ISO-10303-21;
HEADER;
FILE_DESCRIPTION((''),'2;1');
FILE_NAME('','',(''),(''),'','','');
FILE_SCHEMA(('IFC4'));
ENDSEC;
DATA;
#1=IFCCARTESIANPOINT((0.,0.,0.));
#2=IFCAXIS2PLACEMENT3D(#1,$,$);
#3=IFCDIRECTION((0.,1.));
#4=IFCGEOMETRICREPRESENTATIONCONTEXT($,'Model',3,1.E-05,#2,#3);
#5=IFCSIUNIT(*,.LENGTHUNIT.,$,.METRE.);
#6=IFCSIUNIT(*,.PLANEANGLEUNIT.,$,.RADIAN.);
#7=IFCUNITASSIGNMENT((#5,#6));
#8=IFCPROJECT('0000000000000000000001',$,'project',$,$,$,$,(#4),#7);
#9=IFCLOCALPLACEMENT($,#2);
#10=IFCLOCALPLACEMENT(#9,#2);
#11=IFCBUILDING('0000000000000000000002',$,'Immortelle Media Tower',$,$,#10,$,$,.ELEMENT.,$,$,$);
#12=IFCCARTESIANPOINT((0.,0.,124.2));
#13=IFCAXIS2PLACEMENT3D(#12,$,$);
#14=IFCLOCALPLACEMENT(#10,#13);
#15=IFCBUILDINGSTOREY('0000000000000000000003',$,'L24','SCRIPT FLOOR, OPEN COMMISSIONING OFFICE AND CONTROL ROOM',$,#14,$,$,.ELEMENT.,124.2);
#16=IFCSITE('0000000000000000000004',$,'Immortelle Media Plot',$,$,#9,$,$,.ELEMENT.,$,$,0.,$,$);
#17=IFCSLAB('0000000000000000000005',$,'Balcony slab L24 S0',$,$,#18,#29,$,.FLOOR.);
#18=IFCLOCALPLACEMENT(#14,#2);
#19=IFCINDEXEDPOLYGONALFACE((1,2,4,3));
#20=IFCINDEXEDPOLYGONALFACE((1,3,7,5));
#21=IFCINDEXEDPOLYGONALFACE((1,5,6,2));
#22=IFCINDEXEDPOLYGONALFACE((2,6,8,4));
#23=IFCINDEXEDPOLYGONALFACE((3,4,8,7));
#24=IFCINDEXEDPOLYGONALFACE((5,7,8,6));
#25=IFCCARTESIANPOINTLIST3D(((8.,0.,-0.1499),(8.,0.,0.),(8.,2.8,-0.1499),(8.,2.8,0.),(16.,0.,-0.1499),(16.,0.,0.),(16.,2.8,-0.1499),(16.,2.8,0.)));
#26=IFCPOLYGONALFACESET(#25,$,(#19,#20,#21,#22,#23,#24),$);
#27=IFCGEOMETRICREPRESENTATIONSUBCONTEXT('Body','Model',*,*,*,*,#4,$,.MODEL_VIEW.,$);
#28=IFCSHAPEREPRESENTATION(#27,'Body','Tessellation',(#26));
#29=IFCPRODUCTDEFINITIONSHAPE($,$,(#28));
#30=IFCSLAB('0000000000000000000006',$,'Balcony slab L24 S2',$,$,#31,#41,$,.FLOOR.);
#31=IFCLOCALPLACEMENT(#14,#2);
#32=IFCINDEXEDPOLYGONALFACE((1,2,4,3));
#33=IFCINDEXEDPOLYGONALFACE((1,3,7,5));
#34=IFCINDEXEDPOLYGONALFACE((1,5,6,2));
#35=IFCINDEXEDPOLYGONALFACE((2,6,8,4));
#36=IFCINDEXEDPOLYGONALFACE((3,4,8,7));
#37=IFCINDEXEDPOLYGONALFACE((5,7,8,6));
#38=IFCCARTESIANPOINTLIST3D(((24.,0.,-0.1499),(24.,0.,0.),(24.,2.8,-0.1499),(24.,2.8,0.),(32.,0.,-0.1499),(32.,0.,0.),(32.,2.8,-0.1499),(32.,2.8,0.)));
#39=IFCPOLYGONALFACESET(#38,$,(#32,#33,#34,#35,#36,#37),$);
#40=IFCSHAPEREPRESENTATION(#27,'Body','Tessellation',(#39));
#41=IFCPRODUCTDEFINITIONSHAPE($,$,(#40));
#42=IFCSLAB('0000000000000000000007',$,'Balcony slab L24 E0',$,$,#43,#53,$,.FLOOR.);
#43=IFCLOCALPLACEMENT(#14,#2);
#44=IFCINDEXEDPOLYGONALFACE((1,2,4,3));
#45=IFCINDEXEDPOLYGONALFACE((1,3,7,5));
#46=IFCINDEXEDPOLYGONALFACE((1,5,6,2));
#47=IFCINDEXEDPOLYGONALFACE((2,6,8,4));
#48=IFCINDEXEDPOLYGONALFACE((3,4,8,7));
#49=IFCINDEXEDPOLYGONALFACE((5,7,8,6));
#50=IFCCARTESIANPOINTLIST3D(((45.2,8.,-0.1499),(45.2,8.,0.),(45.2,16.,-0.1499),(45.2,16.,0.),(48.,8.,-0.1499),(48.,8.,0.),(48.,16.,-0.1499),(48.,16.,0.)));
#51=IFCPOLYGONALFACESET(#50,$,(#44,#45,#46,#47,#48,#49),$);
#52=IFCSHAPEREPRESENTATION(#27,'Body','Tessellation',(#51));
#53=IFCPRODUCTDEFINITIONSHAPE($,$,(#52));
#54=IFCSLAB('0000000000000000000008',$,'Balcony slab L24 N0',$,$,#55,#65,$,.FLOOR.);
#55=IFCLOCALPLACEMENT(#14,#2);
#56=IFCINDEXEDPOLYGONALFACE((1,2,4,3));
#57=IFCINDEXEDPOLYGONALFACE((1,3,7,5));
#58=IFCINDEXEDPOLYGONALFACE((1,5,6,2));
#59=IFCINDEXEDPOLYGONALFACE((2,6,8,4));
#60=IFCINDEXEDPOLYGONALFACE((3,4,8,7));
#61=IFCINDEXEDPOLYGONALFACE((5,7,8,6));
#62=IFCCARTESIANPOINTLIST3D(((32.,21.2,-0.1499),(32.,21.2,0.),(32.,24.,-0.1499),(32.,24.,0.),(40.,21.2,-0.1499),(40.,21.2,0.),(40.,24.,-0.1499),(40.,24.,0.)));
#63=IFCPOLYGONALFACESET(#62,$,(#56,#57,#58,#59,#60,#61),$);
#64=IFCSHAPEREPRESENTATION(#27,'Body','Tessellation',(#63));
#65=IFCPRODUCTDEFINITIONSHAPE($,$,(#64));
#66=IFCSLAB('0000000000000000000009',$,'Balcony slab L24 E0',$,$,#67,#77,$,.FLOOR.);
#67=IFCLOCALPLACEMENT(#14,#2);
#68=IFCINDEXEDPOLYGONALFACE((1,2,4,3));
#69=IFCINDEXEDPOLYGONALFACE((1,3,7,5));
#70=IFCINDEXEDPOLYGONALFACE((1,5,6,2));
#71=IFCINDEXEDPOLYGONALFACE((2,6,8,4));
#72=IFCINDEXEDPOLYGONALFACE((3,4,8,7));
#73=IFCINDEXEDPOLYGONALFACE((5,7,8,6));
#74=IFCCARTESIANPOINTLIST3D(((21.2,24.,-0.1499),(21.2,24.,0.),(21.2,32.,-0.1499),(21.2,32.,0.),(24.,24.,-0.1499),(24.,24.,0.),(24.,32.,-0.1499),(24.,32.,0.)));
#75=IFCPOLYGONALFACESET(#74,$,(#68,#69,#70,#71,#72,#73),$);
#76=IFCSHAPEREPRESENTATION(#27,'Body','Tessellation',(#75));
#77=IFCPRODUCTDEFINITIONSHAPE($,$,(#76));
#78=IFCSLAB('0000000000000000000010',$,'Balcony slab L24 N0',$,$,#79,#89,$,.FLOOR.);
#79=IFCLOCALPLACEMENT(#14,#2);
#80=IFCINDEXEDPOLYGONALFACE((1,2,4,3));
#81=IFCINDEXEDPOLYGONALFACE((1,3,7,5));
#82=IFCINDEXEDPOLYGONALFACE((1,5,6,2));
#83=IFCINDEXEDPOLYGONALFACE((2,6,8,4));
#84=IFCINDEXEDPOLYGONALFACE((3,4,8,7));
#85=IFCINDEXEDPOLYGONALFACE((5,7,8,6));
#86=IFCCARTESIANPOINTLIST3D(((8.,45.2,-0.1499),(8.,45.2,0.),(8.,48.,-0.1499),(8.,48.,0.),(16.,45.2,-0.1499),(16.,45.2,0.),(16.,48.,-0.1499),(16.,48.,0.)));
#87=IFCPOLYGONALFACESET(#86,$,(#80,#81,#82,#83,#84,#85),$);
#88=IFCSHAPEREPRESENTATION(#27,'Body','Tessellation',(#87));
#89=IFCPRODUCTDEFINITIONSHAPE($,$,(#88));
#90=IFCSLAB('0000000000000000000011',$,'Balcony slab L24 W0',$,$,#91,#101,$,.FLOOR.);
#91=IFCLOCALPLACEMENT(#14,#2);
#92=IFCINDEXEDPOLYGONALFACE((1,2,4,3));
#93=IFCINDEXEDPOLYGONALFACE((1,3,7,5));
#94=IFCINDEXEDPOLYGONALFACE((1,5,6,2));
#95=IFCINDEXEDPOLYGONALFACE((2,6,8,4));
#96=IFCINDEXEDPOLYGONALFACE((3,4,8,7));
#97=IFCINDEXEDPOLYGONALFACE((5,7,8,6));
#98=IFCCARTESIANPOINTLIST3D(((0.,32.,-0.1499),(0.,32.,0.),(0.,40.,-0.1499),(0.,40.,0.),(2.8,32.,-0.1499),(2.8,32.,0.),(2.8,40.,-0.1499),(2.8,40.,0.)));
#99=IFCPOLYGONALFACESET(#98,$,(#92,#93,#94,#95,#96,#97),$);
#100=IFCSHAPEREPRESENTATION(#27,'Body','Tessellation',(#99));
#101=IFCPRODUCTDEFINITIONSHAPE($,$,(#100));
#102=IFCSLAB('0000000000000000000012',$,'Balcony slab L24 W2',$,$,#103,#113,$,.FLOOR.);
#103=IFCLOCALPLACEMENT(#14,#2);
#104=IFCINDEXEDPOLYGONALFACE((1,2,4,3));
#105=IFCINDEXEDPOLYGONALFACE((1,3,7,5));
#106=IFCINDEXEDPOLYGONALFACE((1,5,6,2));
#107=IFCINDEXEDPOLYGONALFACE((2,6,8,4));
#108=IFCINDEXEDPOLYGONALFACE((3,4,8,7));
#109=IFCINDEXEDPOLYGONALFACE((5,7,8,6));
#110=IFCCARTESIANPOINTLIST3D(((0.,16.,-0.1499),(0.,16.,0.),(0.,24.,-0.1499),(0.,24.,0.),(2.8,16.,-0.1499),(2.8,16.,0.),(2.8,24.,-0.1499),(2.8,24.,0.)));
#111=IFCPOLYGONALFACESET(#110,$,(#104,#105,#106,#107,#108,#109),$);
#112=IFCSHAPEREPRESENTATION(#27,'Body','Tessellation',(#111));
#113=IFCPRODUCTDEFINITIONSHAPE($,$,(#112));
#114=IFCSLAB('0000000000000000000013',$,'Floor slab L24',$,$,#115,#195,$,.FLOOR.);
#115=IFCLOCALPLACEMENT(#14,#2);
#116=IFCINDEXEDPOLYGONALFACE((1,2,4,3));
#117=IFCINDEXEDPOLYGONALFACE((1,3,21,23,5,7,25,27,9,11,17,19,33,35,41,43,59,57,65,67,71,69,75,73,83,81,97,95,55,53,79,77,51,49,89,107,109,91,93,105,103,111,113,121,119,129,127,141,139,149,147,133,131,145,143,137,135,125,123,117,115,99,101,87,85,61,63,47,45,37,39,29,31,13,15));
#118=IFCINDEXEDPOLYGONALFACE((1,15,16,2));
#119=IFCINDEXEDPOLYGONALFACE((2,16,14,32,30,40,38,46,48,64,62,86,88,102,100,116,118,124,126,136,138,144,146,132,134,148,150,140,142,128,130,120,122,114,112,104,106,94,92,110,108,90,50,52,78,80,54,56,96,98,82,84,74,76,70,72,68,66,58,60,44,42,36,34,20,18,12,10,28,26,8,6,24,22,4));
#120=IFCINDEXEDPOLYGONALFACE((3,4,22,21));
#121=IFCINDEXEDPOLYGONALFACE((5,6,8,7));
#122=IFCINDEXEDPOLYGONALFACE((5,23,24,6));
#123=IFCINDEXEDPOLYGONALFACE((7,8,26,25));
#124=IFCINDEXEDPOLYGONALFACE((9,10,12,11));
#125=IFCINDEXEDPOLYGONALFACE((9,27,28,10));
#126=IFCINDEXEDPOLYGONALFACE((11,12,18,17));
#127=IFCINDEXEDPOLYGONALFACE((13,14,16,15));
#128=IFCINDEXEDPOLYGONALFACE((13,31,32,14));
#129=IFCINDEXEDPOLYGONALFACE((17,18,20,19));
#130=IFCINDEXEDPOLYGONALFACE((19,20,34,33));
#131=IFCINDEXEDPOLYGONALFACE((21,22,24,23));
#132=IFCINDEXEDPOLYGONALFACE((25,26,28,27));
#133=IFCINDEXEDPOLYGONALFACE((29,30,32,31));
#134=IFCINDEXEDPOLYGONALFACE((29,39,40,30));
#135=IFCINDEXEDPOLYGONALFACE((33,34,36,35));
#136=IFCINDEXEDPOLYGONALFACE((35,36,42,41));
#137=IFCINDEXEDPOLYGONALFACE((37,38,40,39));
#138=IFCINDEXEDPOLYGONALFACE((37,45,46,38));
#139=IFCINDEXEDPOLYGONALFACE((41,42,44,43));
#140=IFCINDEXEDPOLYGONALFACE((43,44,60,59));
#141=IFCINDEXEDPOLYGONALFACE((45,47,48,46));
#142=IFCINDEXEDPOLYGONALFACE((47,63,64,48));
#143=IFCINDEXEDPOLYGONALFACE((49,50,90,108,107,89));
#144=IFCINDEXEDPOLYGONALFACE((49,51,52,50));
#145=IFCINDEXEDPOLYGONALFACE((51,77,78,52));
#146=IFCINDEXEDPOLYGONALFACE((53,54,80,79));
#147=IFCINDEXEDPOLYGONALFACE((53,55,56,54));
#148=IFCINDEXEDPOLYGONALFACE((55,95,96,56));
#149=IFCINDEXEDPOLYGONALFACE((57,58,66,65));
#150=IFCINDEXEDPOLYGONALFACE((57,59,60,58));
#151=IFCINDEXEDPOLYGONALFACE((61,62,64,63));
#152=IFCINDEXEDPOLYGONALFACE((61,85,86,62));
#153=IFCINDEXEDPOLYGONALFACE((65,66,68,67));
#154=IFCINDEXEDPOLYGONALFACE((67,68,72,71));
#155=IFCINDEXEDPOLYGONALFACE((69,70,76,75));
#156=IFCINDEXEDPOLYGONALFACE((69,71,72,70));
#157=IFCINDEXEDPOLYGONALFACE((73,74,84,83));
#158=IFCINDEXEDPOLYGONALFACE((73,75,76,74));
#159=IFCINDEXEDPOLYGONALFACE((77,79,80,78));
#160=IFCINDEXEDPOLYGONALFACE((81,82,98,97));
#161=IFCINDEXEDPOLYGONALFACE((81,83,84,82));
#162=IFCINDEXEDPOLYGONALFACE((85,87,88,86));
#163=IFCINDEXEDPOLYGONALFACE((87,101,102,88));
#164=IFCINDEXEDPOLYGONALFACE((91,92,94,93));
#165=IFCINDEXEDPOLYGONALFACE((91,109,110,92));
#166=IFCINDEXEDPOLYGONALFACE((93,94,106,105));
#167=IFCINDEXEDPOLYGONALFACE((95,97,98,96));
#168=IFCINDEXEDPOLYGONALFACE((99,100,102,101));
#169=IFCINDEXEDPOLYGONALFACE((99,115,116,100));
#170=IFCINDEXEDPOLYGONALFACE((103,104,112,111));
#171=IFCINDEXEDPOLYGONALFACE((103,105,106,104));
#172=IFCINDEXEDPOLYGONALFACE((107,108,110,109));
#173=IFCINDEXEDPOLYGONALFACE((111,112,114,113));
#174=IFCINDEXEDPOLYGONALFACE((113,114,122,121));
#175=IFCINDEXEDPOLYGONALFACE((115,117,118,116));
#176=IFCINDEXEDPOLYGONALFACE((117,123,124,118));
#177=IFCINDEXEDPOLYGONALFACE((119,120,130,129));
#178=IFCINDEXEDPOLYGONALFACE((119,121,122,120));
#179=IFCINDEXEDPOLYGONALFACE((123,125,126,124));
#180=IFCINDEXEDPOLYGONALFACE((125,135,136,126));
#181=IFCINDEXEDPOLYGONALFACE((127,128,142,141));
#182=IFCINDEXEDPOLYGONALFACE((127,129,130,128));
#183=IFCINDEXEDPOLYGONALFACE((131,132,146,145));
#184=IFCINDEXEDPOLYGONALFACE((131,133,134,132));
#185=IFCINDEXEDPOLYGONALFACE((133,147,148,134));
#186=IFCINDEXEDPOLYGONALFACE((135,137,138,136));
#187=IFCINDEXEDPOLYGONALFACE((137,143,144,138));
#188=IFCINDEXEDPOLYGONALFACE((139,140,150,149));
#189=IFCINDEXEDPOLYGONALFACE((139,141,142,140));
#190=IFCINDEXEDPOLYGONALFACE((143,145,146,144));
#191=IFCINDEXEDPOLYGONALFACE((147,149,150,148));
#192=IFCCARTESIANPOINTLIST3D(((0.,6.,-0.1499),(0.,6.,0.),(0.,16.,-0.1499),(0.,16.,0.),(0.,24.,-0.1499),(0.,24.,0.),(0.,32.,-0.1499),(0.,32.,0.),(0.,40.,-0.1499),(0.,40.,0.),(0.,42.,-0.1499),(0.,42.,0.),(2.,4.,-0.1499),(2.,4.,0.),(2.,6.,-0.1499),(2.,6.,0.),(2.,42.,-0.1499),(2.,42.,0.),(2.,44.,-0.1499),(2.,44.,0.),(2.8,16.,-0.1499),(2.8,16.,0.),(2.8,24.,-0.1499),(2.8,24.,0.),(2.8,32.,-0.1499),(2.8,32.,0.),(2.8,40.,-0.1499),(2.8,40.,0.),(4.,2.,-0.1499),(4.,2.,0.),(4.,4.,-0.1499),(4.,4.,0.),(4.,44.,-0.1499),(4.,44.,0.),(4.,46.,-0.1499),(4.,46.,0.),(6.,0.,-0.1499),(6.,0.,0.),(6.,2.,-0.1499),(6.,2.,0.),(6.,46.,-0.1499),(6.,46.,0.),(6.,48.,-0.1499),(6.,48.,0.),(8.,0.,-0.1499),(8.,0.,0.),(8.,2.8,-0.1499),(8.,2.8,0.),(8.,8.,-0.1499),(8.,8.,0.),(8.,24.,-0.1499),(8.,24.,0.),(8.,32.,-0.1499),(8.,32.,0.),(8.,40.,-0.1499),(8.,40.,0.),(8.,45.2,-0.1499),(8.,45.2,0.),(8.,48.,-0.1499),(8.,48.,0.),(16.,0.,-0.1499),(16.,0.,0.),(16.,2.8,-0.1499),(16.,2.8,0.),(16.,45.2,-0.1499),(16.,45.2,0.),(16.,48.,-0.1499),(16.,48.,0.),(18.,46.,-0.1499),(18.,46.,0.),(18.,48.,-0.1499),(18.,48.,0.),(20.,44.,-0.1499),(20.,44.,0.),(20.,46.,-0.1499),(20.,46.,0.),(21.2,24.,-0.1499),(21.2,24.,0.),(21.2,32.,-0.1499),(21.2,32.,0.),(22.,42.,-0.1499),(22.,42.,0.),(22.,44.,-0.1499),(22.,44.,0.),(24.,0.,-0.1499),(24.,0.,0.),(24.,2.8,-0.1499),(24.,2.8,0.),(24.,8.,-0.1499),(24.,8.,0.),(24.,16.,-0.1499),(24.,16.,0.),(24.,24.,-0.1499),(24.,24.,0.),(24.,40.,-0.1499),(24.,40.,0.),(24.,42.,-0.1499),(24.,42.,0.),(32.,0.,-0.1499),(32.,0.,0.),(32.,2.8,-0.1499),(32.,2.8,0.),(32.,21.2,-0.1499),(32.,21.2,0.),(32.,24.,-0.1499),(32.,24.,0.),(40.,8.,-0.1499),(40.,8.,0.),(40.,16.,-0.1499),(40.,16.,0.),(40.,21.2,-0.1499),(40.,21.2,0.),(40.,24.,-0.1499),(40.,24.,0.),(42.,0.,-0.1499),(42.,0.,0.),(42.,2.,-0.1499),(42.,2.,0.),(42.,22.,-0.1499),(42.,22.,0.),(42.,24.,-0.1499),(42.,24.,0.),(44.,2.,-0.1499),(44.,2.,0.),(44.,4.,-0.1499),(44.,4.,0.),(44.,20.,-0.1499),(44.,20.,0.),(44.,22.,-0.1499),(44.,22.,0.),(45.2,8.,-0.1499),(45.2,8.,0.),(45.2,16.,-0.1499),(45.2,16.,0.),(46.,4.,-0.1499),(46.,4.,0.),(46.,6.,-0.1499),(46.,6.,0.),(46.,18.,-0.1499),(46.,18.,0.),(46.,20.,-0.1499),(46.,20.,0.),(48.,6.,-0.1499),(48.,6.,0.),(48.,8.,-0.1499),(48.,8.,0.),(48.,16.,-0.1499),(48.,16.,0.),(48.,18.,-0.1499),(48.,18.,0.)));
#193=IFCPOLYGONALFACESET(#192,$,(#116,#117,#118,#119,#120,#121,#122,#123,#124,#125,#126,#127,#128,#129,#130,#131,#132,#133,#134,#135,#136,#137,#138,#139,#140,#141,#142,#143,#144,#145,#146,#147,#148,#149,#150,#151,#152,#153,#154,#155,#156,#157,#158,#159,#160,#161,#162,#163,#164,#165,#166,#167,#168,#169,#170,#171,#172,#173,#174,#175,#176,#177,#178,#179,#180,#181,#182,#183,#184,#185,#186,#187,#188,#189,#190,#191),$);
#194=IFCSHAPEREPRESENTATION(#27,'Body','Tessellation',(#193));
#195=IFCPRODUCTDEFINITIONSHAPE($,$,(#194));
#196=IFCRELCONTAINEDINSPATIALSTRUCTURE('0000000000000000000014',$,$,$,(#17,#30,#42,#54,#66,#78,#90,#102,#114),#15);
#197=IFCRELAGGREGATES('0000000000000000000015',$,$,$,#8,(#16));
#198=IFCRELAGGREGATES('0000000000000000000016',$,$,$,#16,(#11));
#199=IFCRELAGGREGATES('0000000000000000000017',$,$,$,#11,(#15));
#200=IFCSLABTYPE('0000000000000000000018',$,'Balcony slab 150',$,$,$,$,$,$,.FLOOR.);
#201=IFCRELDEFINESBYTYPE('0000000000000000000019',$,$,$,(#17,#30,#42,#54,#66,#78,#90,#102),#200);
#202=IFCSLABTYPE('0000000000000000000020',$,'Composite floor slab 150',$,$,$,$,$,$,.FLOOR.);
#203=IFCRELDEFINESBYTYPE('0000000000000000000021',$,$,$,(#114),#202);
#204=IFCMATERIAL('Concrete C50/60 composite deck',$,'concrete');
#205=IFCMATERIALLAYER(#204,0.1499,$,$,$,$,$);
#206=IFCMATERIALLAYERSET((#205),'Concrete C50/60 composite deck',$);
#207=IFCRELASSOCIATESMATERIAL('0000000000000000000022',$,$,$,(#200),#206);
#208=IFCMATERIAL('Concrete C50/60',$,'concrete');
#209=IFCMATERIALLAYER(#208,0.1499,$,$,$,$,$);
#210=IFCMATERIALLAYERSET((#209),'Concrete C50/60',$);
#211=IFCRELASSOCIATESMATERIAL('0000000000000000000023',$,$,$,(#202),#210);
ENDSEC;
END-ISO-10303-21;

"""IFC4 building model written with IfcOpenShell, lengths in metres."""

from ifc_helpers import new_model, si_unit, direction, frame, origin, place, context, subcontext, project, spatial, polyline, outline, extrude, material, layer, layer_set, type_object, element, save


model = new_model("IFC4")

# Units and contexts
model_context = context("Model", 3, precision=1e-05, world=origin(), true_north=direction((0.0, 1.0)))
body_context = subcontext(model_context, "Body", "Model", "MODEL_VIEW")
ifc_project = project(units=[si_unit("LENGTHUNIT", "METRE"), si_unit("PLANEANGLEUNIT", "RADIAN")], contexts=[model_context])

# Site, building, storey
site_placement = place(None, origin())
site = spatial("IfcSite", under=ifc_project, at=site_placement, Name="Immortelle Media Plot", CompositionType="ELEMENT", RefElevation=0.0)
building_placement = place(site_placement, origin())
building = spatial("IfcBuilding", under=site, at=building_placement, Name="Immortelle Media Tower", CompositionType="ELEMENT")
storey_placement = place(building_placement, frame((0.0, 0.0, 124.2)))
storey = spatial("IfcBuildingStorey", under=building, at=storey_placement, Name="L24", Description="SCRIPT FLOOR, OPEN COMMISSIONING OFFICE AND CONTROL ROOM", CompositionType="ELEMENT", Elevation=124.2)

# Slabs
ifc_material_1 = material(Name="Concrete C50/60 composite deck", Category="concrete")
ifc_layer_1 = layer(ifc_material_1, 0.1499)
ifc_layer_set_1 = layer_set([ifc_layer_1], Name="Concrete C50/60 composite deck")
slab_type_1 = type_object("IfcSlabType", Name="Balcony slab 150", PredefinedType="FLOOR", material=ifc_layer_set_1)
slab_1_placement = place(storey_placement, frame((0.0, 0.0, -0.1499)))
element("IfcSlab", 1, at=slab_1_placement, inside=storey, type_object=slab_type_1, Name="Balcony slab L24 S0", PredefinedType="FLOOR", context=body_context, shape_type="SweptSolid", body=[
    extrude(outline(polyline([(16.0, 0.0), (16.0, 2.8), (8.0, 2.8), (8.0, 0.0), (16.0, 0.0)])), origin(), (0.0, 0.0, 1.0), 0.1499),
])
slab_2_placement = place(storey_placement, frame((0.0, 0.0, -0.1499)))
element("IfcSlab", 2, at=slab_2_placement, inside=storey, type_object=slab_type_1, Name="Balcony slab L24 S2", PredefinedType="FLOOR", context=body_context, shape_type="SweptSolid", body=[
    extrude(outline(polyline([(32.0, 0.0), (32.0, 2.8), (24.0, 2.8), (24.0, 0.0), (32.0, 0.0)])), origin(), (0.0, 0.0, 1.0), 0.1499),
])
slab_3_placement = place(storey_placement, frame((0.0, 0.0, -0.1499)))
element("IfcSlab", 3, at=slab_3_placement, inside=storey, type_object=slab_type_1, Name="Balcony slab L24 E0", PredefinedType="FLOOR", context=body_context, shape_type="SweptSolid", body=[
    extrude(outline(polyline([(48.0, 8.0), (48.0, 16.0), (45.2, 16.0), (45.2, 8.0), (48.0, 8.0)])), origin(), (0.0, 0.0, 1.0), 0.1499),
])
slab_4_placement = place(storey_placement, frame((0.0, 0.0, -0.1499)))
element("IfcSlab", 4, at=slab_4_placement, inside=storey, type_object=slab_type_1, Name="Balcony slab L24 N0", PredefinedType="FLOOR", context=body_context, shape_type="SweptSolid", body=[
    extrude(outline(polyline([(40.0, 21.2), (40.0, 24.0), (32.0, 24.0), (32.0, 21.2), (40.0, 21.2)])), origin(), (0.0, 0.0, 1.0), 0.1499),
])
slab_5_placement = place(storey_placement, frame((0.0, 0.0, -0.1499)))
element("IfcSlab", 5, at=slab_5_placement, inside=storey, type_object=slab_type_1, Name="Balcony slab L24 E0", PredefinedType="FLOOR", context=body_context, shape_type="SweptSolid", body=[
    extrude(outline(polyline([(24.0, 24.0), (24.0, 32.0), (21.2, 32.0), (21.2, 24.0), (24.0, 24.0)])), origin(), (0.0, 0.0, 1.0), 0.1499),
])
slab_6_placement = place(storey_placement, frame((0.0, 0.0, -0.1499)))
element("IfcSlab", 6, at=slab_6_placement, inside=storey, type_object=slab_type_1, Name="Balcony slab L24 N0", PredefinedType="FLOOR", context=body_context, shape_type="SweptSolid", body=[
    extrude(outline(polyline([(16.0, 45.2), (16.0, 48.0), (8.0, 48.0), (8.0, 45.2), (16.0, 45.2)])), origin(), (0.0, 0.0, 1.0), 0.1499),
])
slab_7_placement = place(storey_placement, frame((0.0, 0.0, -0.1499)))
element("IfcSlab", 7, at=slab_7_placement, inside=storey, type_object=slab_type_1, Name="Balcony slab L24 W0", PredefinedType="FLOOR", context=body_context, shape_type="SweptSolid", body=[
    extrude(outline(polyline([(2.8, 32.0), (2.8, 40.0), (0.0, 40.0), (0.0, 32.0), (2.8, 32.0)])), origin(), (0.0, 0.0, 1.0), 0.1499),
])
slab_8_placement = place(storey_placement, frame((0.0, 0.0, -0.1499)))
element("IfcSlab", 8, at=slab_8_placement, inside=storey, type_object=slab_type_1, Name="Balcony slab L24 W2", PredefinedType="FLOOR", context=body_context, shape_type="SweptSolid", body=[
    extrude(outline(polyline([(2.8, 16.0), (2.8, 24.0), (0.0, 24.0), (0.0, 16.0), (2.8, 16.0)])), origin(), (0.0, 0.0, 1.0), 0.1499),
])
ifc_material_2 = material(Name="Concrete C50/60", Category="concrete")
ifc_layer_2 = layer(ifc_material_2, 0.1499)
ifc_layer_set_2 = layer_set([ifc_layer_2], Name="Concrete C50/60")
slab_type_2 = type_object("IfcSlabType", Name="Composite floor slab 150", PredefinedType="FLOOR", material=ifc_layer_set_2)
slab_9_placement = place(storey_placement, frame((0.0, 0.0, -0.1499)))
element("IfcSlab", 9, at=slab_9_placement, inside=storey, type_object=slab_type_2, Name="Floor slab L24", PredefinedType="FLOOR", context=body_context, shape_type="SweptSolid", body=[
    extrude(outline(polyline([(6.0, 0.0), (6.0, 2.0), (4.0, 2.0), (4.0, 4.0), (2.0, 4.0), (2.0, 6.0), (0.0, 6.0), (0.0, 16.0), (2.8, 16.0), (2.8, 24.0), (0.0, 24.0), (0.0, 32.0), (2.8, 32.0), (2.8, 40.0), (0.0, 40.0), (0.0, 42.0), (2.0, 42.0), (2.0, 44.0), (4.0, 44.0), (4.0, 46.0), (6.0, 46.0), (6.0, 48.0), (8.0, 48.0), (8.0, 45.2), (16.0, 45.2), (16.0, 48.0), (18.0, 48.0), (18.0, 46.0), (20.0, 46.0), (20.0, 44.0), (22.0, 44.0), (22.0, 42.0), (24.0, 42.0), (24.0, 40.0), (8.0, 40.0), (8.0, 32.0), (21.2, 32.0), (21.2, 24.0), (8.0, 24.0), (8.0, 8.0), (24.0, 8.0), (40.0, 8.0), (40.0, 16.0), (24.0, 16.0), (24.0, 24.0), (32.0, 24.0), (32.0, 21.2), (40.0, 21.2), (40.0, 24.0), (42.0, 24.0), (42.0, 22.0), (44.0, 22.0), (44.0, 20.0), (46.0, 20.0), (46.0, 18.0), (48.0, 18.0), (48.0, 16.0), (45.2, 16.0), (45.2, 8.0), (48.0, 8.0), (48.0, 6.0), (46.0, 6.0), (46.0, 4.0), (44.0, 4.0), (44.0, 2.0), (42.0, 2.0), (42.0, 0.0), (32.0, 0.0), (32.0, 2.8), (24.0, 2.8), (24.0, 0.0), (16.0, 0.0), (16.0, 2.8), (8.0, 2.8), (8.0, 0.0), (6.0, 0.0)])), origin(), (0.0, 0.0, 1.0), 0.1499),
])

save(model, "model.ifc")
